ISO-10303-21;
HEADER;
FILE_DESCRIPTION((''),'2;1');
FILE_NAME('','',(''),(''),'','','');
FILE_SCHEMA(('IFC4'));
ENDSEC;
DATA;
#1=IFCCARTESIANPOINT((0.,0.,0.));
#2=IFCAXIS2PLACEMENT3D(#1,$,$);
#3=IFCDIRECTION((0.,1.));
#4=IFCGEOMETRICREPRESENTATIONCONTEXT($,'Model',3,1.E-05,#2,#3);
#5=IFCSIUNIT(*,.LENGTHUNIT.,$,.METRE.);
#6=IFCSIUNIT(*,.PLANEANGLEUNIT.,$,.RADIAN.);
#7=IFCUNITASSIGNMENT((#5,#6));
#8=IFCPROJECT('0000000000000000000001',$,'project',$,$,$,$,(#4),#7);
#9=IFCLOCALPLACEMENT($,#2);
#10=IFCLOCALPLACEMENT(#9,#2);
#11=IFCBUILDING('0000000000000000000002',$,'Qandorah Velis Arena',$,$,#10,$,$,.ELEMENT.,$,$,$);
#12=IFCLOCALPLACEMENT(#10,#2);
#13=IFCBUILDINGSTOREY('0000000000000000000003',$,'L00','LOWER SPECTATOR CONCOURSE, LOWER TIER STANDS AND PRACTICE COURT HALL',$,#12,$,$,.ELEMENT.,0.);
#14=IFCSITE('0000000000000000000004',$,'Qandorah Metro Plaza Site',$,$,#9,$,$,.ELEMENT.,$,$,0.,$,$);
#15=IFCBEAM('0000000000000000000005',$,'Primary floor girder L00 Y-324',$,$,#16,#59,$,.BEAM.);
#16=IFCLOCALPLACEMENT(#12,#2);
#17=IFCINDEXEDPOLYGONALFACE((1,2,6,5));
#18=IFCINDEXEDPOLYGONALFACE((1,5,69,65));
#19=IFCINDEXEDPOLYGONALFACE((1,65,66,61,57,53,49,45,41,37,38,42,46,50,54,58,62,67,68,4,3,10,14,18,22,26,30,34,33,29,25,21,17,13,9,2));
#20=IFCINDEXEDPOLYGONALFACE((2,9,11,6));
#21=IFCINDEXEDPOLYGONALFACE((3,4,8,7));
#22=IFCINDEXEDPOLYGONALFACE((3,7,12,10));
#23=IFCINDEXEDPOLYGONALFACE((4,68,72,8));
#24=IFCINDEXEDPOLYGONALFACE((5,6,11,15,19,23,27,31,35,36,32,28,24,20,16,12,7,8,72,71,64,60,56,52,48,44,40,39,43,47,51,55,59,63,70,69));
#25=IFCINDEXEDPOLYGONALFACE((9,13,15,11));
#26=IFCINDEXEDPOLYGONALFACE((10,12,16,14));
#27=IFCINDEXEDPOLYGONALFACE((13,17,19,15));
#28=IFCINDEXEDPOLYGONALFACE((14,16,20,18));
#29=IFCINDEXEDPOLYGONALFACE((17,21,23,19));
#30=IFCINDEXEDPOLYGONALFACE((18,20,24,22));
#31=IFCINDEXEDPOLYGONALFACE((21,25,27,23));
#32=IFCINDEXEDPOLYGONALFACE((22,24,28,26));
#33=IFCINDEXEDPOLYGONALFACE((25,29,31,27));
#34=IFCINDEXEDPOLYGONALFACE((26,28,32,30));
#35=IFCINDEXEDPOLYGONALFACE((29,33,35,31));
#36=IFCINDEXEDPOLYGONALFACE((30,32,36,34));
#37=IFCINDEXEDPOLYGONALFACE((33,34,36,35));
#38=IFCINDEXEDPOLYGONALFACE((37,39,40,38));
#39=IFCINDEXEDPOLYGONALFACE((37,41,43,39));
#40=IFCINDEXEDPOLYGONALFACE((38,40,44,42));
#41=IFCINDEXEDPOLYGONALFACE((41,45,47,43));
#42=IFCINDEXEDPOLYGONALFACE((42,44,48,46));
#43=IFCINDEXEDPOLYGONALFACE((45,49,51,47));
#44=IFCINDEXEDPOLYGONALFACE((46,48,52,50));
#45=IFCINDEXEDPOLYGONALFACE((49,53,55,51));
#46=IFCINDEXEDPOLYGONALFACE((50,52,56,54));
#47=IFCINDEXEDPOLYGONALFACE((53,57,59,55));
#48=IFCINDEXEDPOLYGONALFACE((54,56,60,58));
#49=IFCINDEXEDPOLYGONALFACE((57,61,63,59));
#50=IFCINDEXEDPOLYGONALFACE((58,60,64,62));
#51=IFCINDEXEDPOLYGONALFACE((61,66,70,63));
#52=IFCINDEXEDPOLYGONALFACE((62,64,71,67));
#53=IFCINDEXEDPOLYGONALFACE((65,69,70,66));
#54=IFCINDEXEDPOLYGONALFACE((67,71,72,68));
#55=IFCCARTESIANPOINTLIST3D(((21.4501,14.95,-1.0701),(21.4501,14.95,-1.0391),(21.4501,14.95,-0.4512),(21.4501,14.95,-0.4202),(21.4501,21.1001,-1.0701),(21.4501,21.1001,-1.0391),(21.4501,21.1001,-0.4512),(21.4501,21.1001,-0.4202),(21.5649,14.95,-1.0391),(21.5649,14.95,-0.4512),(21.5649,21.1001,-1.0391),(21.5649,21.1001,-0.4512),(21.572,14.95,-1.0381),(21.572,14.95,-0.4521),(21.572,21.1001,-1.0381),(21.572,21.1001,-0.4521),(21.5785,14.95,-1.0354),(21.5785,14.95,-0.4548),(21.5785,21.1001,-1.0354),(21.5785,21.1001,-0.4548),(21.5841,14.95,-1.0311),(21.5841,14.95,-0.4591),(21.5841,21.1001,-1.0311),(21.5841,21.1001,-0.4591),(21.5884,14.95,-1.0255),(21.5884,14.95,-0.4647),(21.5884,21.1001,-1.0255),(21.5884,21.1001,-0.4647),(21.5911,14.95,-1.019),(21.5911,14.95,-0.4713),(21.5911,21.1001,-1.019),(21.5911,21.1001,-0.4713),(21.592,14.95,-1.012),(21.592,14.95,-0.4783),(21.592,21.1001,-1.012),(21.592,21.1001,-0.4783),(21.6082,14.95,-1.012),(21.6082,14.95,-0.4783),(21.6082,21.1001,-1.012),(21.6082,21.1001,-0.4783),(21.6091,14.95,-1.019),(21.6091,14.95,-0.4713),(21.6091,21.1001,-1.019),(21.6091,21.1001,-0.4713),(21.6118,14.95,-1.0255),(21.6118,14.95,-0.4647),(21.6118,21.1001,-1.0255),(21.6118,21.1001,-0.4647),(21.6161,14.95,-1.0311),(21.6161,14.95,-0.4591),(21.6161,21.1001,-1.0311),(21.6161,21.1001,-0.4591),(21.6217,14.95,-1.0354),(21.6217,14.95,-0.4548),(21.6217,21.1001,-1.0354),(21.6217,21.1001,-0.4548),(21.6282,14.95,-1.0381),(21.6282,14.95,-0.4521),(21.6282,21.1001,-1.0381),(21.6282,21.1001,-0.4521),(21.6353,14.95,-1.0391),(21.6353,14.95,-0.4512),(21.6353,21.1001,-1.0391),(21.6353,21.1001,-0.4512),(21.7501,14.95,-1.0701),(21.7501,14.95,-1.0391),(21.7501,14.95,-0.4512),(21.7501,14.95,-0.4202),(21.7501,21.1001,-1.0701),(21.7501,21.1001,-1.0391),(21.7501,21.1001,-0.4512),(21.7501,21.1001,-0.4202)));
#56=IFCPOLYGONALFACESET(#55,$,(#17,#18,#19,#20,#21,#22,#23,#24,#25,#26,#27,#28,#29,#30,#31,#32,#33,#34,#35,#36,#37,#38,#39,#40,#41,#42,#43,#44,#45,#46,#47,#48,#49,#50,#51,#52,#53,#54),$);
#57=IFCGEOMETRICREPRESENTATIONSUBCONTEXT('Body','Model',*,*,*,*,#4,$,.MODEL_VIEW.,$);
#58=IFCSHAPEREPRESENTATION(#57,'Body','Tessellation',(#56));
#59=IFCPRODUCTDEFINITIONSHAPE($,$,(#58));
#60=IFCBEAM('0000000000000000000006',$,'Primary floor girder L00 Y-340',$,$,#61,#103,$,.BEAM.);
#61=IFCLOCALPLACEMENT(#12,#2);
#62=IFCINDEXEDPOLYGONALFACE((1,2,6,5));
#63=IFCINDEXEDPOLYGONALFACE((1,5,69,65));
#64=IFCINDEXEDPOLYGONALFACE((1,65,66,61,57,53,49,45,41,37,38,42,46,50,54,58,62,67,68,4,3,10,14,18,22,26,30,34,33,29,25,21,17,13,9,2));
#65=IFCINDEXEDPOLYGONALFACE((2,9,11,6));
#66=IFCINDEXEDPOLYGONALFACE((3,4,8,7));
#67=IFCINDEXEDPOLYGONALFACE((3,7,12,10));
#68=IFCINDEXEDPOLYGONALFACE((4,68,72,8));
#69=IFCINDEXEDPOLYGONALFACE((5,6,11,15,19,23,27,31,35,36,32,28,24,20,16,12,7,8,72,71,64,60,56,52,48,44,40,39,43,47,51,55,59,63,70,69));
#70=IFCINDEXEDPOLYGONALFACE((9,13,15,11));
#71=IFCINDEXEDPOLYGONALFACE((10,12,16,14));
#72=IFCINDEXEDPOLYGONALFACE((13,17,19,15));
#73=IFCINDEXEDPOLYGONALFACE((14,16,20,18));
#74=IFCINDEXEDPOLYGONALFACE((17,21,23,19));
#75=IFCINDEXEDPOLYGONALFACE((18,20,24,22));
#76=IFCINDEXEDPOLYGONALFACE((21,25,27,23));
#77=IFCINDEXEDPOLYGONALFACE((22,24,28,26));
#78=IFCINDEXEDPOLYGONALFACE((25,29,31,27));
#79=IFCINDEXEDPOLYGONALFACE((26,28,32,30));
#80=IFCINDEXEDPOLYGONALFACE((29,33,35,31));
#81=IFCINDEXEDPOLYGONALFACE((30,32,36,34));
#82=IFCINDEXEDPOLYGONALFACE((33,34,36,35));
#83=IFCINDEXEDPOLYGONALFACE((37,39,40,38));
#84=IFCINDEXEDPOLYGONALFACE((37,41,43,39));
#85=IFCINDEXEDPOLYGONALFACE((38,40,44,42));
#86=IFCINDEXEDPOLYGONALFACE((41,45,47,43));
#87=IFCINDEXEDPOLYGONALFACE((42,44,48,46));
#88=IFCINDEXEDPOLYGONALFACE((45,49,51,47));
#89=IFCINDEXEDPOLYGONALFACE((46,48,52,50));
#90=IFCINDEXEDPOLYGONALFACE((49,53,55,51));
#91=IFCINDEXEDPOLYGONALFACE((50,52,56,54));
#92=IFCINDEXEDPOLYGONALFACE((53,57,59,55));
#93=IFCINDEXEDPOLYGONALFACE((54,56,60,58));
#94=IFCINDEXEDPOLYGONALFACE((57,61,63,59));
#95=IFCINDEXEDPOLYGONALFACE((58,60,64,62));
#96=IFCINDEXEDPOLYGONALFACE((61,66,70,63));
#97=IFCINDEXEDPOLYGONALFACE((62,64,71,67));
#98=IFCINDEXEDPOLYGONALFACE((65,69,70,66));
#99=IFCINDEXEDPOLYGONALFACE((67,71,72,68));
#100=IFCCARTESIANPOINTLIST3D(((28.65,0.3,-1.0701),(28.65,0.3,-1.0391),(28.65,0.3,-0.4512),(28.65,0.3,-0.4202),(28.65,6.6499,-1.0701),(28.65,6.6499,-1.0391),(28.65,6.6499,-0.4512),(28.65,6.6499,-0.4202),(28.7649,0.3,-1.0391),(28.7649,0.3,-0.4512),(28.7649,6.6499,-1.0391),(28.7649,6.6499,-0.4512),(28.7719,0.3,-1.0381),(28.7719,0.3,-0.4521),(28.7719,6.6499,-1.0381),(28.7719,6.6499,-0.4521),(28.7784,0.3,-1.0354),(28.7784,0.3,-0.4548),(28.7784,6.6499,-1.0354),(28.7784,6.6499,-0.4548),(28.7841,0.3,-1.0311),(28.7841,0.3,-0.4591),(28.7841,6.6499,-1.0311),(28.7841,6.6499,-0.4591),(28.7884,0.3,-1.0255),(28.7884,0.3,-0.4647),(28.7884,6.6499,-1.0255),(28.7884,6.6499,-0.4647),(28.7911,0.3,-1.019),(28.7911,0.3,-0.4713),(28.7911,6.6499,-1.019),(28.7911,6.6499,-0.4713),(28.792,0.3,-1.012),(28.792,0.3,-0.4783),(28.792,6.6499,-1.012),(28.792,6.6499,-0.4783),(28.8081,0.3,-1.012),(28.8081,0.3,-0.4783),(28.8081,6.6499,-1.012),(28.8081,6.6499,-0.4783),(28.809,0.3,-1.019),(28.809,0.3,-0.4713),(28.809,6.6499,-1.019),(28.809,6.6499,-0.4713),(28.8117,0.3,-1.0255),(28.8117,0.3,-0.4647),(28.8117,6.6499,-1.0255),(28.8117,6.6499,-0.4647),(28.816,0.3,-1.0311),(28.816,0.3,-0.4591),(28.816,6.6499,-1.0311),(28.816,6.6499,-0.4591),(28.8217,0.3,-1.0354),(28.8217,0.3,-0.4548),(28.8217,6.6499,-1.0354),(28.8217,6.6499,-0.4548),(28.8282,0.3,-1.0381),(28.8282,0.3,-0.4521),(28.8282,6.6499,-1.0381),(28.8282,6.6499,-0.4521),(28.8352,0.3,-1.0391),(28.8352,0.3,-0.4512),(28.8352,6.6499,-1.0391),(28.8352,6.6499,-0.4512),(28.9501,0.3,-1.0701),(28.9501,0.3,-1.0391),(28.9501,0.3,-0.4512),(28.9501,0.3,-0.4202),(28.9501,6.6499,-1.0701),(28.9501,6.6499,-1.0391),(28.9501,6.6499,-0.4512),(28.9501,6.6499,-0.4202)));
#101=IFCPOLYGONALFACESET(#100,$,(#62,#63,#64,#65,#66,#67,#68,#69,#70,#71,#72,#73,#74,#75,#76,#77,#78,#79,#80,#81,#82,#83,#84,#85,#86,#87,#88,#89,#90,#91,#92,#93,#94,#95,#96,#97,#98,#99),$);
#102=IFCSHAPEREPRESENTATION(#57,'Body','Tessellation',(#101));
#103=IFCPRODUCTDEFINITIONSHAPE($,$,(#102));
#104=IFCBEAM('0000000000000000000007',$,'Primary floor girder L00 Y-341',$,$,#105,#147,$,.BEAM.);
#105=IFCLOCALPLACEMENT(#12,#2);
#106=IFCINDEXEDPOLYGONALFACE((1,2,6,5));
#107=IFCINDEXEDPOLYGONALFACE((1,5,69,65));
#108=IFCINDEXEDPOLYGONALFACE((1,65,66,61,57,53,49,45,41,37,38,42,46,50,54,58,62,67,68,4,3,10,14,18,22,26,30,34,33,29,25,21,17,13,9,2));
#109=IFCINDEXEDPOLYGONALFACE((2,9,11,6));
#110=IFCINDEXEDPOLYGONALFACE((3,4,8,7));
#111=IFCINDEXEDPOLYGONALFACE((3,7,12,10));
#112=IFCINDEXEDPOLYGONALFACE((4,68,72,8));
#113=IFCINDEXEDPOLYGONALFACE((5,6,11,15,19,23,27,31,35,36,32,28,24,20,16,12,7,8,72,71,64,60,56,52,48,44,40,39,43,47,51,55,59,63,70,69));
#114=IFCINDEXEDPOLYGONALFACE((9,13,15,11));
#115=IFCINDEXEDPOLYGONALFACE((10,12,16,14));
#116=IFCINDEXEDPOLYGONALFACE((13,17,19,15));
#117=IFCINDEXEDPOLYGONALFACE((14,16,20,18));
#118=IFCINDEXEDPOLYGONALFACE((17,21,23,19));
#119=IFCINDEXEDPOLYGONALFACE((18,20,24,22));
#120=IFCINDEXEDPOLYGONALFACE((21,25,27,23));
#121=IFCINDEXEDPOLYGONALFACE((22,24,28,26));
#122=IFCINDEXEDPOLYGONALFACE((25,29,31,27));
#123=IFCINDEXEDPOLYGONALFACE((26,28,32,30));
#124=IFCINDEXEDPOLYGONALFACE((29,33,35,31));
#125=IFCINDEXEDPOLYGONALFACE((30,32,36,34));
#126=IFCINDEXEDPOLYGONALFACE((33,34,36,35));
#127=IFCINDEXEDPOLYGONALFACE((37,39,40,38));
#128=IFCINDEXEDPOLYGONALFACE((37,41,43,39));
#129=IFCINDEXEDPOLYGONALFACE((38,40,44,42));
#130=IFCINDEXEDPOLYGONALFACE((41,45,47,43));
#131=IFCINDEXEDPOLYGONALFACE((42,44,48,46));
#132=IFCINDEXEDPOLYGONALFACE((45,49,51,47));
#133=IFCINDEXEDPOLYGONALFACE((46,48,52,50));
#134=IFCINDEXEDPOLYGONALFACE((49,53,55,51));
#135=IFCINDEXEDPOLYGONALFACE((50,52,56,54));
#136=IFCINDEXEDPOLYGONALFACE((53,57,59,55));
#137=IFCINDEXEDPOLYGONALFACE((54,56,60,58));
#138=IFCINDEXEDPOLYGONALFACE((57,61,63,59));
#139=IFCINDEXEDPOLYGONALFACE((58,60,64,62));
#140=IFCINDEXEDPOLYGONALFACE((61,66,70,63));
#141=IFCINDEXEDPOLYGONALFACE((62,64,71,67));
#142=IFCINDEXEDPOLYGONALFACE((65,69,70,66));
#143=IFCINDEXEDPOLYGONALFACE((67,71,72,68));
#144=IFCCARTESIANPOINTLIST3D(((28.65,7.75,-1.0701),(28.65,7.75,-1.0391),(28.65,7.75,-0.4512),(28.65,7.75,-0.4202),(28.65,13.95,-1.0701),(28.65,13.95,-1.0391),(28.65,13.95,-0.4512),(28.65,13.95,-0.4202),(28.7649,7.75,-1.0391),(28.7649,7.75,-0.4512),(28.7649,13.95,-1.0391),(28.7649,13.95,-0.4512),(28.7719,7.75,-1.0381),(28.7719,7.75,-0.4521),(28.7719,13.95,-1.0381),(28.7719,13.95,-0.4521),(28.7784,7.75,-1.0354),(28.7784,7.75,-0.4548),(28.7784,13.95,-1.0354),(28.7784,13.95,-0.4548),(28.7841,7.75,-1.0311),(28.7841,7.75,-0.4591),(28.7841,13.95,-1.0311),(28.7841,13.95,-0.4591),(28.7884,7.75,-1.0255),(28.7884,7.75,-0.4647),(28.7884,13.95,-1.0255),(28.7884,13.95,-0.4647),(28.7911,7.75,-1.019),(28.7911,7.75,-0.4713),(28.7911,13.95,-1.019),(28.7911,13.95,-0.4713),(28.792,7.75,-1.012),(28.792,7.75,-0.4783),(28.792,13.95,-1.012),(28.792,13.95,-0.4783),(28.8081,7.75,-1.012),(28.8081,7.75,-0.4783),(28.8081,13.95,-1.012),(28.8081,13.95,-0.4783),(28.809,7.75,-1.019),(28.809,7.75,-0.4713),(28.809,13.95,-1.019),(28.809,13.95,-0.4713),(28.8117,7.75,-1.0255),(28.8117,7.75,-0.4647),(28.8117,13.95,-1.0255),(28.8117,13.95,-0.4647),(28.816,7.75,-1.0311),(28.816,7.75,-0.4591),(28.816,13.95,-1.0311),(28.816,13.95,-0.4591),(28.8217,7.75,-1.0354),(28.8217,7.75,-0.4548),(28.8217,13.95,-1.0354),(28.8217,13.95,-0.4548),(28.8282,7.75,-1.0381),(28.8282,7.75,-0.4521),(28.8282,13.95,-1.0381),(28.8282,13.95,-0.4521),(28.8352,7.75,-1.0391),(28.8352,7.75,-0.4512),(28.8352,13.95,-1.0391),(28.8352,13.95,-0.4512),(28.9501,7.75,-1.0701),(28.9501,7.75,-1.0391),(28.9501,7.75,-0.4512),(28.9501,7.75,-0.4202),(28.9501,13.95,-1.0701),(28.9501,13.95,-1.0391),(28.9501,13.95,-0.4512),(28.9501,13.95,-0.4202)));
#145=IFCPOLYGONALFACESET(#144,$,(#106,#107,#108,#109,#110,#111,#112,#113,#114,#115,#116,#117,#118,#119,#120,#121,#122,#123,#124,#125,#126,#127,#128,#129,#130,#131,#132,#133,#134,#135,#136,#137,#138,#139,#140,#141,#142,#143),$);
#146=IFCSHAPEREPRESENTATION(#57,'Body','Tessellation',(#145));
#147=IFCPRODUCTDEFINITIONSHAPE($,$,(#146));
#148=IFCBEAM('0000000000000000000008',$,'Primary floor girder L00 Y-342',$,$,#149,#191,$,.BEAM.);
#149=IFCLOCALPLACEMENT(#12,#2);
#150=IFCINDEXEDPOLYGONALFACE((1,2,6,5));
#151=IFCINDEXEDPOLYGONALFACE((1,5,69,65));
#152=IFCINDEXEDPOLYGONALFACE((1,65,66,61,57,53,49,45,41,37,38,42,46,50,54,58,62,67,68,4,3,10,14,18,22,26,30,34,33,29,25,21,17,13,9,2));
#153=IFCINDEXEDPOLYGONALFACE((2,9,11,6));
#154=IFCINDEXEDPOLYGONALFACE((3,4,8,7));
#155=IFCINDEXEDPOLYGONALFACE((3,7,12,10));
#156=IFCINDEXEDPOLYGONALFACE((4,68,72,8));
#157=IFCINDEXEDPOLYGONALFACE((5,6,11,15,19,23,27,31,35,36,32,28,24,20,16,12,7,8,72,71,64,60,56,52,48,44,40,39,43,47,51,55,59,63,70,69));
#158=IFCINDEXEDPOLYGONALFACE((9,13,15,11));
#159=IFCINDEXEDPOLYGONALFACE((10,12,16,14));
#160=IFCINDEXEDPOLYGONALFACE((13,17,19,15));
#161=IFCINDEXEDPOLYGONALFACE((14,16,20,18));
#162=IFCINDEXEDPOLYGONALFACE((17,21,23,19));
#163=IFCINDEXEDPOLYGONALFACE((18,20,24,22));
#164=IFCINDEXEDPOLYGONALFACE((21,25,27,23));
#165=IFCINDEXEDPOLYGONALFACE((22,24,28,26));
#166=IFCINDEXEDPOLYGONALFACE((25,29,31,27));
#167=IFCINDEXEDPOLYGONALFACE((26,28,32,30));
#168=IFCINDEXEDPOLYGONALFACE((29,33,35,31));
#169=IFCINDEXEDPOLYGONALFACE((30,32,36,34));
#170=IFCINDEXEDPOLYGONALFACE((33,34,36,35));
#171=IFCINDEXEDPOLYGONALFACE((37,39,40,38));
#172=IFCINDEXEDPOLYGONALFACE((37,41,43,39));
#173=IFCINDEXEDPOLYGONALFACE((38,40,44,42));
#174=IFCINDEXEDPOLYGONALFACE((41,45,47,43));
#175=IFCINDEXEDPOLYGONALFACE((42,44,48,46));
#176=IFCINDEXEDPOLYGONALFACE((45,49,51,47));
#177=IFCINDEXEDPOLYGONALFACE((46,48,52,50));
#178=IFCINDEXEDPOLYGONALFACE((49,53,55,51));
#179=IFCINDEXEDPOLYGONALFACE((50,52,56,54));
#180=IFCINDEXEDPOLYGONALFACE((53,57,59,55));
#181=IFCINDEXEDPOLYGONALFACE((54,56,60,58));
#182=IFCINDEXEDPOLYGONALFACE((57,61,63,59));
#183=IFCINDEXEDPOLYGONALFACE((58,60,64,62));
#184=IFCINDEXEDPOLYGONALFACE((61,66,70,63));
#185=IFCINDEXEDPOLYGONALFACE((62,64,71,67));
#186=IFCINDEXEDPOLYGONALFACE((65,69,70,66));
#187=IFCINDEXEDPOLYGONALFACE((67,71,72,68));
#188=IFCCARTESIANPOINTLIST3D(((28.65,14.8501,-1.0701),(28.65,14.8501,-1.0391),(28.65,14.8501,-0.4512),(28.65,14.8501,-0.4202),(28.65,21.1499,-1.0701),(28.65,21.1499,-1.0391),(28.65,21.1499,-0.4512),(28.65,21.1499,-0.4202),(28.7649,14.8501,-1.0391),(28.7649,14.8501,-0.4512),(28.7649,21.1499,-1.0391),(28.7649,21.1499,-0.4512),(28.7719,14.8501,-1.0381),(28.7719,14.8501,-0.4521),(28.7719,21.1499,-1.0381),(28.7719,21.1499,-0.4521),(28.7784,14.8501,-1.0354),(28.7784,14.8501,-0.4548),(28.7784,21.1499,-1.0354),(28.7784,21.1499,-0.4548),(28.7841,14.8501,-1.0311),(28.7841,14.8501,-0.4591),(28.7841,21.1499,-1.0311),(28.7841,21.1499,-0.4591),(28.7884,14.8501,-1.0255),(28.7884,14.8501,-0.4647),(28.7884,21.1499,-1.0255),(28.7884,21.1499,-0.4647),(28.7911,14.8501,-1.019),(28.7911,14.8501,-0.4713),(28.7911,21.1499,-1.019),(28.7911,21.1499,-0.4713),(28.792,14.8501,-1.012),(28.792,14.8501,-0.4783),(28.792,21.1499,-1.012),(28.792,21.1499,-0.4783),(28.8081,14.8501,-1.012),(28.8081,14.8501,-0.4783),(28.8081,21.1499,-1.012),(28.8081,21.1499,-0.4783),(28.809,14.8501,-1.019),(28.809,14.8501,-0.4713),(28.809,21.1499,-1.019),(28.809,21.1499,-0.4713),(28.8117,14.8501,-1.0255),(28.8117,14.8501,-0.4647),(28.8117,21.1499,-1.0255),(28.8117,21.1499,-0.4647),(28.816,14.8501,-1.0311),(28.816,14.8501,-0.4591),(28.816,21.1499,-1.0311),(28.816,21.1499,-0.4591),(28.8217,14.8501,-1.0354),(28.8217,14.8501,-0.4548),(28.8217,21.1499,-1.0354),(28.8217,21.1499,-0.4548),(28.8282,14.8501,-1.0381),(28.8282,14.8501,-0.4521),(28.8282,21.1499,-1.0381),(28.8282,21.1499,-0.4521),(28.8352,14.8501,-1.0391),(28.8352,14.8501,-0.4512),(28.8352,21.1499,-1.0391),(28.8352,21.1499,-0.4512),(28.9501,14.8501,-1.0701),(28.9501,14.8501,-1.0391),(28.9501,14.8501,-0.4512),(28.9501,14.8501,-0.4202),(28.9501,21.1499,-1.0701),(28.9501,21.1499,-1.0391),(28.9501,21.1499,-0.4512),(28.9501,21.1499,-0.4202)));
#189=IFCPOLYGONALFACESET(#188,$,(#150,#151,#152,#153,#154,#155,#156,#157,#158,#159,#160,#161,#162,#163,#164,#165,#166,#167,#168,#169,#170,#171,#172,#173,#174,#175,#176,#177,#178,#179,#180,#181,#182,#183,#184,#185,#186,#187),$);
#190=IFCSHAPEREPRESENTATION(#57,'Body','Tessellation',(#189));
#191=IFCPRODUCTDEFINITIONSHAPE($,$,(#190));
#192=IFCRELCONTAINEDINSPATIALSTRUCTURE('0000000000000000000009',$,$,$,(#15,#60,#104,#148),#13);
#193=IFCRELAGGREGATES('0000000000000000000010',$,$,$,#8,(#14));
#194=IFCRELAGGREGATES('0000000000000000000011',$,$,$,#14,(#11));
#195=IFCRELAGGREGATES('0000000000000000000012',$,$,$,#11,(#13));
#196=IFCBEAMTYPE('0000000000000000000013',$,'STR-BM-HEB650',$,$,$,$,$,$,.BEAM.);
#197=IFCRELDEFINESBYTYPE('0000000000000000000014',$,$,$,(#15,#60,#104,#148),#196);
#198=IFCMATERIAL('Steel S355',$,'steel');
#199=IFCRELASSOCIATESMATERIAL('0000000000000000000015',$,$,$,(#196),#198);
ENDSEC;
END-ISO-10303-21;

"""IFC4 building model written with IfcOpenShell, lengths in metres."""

from ifc_helpers import new_model, si_unit, direction, frame, origin, origin_2d, place, context, subcontext, project, spatial, i_section, extrude, material, material_profile, profile_set, type_object, element, save


model = new_model("IFC4")

# Units and contexts
model_context = context("Model", 3, precision=1e-05, world=origin(), true_north=direction((0.0, 1.0)))
body_context = subcontext(model_context, "Body", "Model", "MODEL_VIEW")
ifc_project = project(units=[si_unit("LENGTHUNIT", "METRE"), si_unit("PLANEANGLEUNIT", "RADIAN")], contexts=[model_context])

# Site, building, storey
site_placement = place(None, origin())
site = spatial("IfcSite", under=ifc_project, at=site_placement, Name="Qandorah Metro Plaza Site", CompositionType="ELEMENT", RefElevation=0.0)
building_placement = place(site_placement, origin())
building = spatial("IfcBuilding", under=site, at=building_placement, Name="Qandorah Velis Arena", CompositionType="ELEMENT")
storey_placement = place(building_placement, origin())
storey = spatial("IfcBuildingStorey", under=building, at=storey_placement, Name="L00", Description="LOWER SPECTATOR CONCOURSE, LOWER TIER STANDS AND PRACTICE COURT HALL", CompositionType="ELEMENT", Elevation=0.0)

# Beams
ifc_material_1 = material(Name="Steel S355", Category="steel")
ifc_material_profile_1 = material_profile(ifc_material_1, i_section(OverallWidth=0.3, OverallDepth=0.6499, WebThickness=0.0161, FlangeThickness=0.031, FilletRadius=0.0271, at=origin_2d()), Name="HEB 650")
ifc_profile_set_1 = profile_set([ifc_material_profile_1], Name="Steel S355")
beam_type_1 = type_object("IfcBeamType", Name="STR-BM-HEB650", PredefinedType="BEAM", material=ifc_profile_set_1)
beam_1_placement = place(storey_placement, frame((21.6001, 14.95, -0.7451), z_axis=(0.0, 1.0, 0.0), x_axis=(-1.0, 0.0, 0.0)))
element("IfcBeam", 1, at=beam_1_placement, inside=storey, type_object=beam_type_1, Name="Primary floor girder L00 Y-324", PredefinedType="BEAM", context=body_context, shape_type="SweptSolid", body=[
    extrude(i_section(OverallWidth=0.3, OverallDepth=0.6499, WebThickness=0.0161, FlangeThickness=0.031, FilletRadius=0.0271, at=origin_2d()), origin(), (0.0, 0.0, 1.0), 6.1501),
])
beam_2_placement = place(storey_placement, frame((28.8, 0.3, -0.7451), z_axis=(0.0, 1.0, 0.0), x_axis=(-1.0, 0.0, 0.0)))
element("IfcBeam", 2, at=beam_2_placement, inside=storey, type_object=beam_type_1, Name="Primary floor girder L00 Y-340", PredefinedType="BEAM", context=body_context, shape_type="SweptSolid", body=[
    extrude(i_section(OverallWidth=0.3, OverallDepth=0.6499, WebThickness=0.0161, FlangeThickness=0.031, FilletRadius=0.0271, at=origin_2d()), origin(), (0.0, 0.0, 1.0), 6.3499),
])
beam_3_placement = place(storey_placement, frame((28.8, 7.75, -0.7451), z_axis=(0.0, 1.0, 0.0), x_axis=(-1.0, 0.0, 0.0)))
element("IfcBeam", 3, at=beam_3_placement, inside=storey, type_object=beam_type_1, Name="Primary floor girder L00 Y-341", PredefinedType="BEAM", context=body_context, shape_type="SweptSolid", body=[
    extrude(i_section(OverallWidth=0.3, OverallDepth=0.6499, WebThickness=0.0161, FlangeThickness=0.031, FilletRadius=0.0271, at=origin_2d()), origin(), (0.0, 0.0, 1.0), 6.2),
])
beam_4_placement = place(storey_placement, frame((28.8, 14.8501, -0.7451), z_axis=(0.0, 1.0, 0.0), x_axis=(-1.0, 0.0, 0.0)))
element("IfcBeam", 4, at=beam_4_placement, inside=storey, type_object=beam_type_1, Name="Primary floor girder L00 Y-342", PredefinedType="BEAM", context=body_context, shape_type="SweptSolid", body=[
    extrude(i_section(OverallWidth=0.3, OverallDepth=0.6499, WebThickness=0.0161, FlangeThickness=0.031, FilletRadius=0.0271, at=origin_2d()), origin(), (0.0, 0.0, 1.0), 6.2998),
])

save(model, "model.ifc")
